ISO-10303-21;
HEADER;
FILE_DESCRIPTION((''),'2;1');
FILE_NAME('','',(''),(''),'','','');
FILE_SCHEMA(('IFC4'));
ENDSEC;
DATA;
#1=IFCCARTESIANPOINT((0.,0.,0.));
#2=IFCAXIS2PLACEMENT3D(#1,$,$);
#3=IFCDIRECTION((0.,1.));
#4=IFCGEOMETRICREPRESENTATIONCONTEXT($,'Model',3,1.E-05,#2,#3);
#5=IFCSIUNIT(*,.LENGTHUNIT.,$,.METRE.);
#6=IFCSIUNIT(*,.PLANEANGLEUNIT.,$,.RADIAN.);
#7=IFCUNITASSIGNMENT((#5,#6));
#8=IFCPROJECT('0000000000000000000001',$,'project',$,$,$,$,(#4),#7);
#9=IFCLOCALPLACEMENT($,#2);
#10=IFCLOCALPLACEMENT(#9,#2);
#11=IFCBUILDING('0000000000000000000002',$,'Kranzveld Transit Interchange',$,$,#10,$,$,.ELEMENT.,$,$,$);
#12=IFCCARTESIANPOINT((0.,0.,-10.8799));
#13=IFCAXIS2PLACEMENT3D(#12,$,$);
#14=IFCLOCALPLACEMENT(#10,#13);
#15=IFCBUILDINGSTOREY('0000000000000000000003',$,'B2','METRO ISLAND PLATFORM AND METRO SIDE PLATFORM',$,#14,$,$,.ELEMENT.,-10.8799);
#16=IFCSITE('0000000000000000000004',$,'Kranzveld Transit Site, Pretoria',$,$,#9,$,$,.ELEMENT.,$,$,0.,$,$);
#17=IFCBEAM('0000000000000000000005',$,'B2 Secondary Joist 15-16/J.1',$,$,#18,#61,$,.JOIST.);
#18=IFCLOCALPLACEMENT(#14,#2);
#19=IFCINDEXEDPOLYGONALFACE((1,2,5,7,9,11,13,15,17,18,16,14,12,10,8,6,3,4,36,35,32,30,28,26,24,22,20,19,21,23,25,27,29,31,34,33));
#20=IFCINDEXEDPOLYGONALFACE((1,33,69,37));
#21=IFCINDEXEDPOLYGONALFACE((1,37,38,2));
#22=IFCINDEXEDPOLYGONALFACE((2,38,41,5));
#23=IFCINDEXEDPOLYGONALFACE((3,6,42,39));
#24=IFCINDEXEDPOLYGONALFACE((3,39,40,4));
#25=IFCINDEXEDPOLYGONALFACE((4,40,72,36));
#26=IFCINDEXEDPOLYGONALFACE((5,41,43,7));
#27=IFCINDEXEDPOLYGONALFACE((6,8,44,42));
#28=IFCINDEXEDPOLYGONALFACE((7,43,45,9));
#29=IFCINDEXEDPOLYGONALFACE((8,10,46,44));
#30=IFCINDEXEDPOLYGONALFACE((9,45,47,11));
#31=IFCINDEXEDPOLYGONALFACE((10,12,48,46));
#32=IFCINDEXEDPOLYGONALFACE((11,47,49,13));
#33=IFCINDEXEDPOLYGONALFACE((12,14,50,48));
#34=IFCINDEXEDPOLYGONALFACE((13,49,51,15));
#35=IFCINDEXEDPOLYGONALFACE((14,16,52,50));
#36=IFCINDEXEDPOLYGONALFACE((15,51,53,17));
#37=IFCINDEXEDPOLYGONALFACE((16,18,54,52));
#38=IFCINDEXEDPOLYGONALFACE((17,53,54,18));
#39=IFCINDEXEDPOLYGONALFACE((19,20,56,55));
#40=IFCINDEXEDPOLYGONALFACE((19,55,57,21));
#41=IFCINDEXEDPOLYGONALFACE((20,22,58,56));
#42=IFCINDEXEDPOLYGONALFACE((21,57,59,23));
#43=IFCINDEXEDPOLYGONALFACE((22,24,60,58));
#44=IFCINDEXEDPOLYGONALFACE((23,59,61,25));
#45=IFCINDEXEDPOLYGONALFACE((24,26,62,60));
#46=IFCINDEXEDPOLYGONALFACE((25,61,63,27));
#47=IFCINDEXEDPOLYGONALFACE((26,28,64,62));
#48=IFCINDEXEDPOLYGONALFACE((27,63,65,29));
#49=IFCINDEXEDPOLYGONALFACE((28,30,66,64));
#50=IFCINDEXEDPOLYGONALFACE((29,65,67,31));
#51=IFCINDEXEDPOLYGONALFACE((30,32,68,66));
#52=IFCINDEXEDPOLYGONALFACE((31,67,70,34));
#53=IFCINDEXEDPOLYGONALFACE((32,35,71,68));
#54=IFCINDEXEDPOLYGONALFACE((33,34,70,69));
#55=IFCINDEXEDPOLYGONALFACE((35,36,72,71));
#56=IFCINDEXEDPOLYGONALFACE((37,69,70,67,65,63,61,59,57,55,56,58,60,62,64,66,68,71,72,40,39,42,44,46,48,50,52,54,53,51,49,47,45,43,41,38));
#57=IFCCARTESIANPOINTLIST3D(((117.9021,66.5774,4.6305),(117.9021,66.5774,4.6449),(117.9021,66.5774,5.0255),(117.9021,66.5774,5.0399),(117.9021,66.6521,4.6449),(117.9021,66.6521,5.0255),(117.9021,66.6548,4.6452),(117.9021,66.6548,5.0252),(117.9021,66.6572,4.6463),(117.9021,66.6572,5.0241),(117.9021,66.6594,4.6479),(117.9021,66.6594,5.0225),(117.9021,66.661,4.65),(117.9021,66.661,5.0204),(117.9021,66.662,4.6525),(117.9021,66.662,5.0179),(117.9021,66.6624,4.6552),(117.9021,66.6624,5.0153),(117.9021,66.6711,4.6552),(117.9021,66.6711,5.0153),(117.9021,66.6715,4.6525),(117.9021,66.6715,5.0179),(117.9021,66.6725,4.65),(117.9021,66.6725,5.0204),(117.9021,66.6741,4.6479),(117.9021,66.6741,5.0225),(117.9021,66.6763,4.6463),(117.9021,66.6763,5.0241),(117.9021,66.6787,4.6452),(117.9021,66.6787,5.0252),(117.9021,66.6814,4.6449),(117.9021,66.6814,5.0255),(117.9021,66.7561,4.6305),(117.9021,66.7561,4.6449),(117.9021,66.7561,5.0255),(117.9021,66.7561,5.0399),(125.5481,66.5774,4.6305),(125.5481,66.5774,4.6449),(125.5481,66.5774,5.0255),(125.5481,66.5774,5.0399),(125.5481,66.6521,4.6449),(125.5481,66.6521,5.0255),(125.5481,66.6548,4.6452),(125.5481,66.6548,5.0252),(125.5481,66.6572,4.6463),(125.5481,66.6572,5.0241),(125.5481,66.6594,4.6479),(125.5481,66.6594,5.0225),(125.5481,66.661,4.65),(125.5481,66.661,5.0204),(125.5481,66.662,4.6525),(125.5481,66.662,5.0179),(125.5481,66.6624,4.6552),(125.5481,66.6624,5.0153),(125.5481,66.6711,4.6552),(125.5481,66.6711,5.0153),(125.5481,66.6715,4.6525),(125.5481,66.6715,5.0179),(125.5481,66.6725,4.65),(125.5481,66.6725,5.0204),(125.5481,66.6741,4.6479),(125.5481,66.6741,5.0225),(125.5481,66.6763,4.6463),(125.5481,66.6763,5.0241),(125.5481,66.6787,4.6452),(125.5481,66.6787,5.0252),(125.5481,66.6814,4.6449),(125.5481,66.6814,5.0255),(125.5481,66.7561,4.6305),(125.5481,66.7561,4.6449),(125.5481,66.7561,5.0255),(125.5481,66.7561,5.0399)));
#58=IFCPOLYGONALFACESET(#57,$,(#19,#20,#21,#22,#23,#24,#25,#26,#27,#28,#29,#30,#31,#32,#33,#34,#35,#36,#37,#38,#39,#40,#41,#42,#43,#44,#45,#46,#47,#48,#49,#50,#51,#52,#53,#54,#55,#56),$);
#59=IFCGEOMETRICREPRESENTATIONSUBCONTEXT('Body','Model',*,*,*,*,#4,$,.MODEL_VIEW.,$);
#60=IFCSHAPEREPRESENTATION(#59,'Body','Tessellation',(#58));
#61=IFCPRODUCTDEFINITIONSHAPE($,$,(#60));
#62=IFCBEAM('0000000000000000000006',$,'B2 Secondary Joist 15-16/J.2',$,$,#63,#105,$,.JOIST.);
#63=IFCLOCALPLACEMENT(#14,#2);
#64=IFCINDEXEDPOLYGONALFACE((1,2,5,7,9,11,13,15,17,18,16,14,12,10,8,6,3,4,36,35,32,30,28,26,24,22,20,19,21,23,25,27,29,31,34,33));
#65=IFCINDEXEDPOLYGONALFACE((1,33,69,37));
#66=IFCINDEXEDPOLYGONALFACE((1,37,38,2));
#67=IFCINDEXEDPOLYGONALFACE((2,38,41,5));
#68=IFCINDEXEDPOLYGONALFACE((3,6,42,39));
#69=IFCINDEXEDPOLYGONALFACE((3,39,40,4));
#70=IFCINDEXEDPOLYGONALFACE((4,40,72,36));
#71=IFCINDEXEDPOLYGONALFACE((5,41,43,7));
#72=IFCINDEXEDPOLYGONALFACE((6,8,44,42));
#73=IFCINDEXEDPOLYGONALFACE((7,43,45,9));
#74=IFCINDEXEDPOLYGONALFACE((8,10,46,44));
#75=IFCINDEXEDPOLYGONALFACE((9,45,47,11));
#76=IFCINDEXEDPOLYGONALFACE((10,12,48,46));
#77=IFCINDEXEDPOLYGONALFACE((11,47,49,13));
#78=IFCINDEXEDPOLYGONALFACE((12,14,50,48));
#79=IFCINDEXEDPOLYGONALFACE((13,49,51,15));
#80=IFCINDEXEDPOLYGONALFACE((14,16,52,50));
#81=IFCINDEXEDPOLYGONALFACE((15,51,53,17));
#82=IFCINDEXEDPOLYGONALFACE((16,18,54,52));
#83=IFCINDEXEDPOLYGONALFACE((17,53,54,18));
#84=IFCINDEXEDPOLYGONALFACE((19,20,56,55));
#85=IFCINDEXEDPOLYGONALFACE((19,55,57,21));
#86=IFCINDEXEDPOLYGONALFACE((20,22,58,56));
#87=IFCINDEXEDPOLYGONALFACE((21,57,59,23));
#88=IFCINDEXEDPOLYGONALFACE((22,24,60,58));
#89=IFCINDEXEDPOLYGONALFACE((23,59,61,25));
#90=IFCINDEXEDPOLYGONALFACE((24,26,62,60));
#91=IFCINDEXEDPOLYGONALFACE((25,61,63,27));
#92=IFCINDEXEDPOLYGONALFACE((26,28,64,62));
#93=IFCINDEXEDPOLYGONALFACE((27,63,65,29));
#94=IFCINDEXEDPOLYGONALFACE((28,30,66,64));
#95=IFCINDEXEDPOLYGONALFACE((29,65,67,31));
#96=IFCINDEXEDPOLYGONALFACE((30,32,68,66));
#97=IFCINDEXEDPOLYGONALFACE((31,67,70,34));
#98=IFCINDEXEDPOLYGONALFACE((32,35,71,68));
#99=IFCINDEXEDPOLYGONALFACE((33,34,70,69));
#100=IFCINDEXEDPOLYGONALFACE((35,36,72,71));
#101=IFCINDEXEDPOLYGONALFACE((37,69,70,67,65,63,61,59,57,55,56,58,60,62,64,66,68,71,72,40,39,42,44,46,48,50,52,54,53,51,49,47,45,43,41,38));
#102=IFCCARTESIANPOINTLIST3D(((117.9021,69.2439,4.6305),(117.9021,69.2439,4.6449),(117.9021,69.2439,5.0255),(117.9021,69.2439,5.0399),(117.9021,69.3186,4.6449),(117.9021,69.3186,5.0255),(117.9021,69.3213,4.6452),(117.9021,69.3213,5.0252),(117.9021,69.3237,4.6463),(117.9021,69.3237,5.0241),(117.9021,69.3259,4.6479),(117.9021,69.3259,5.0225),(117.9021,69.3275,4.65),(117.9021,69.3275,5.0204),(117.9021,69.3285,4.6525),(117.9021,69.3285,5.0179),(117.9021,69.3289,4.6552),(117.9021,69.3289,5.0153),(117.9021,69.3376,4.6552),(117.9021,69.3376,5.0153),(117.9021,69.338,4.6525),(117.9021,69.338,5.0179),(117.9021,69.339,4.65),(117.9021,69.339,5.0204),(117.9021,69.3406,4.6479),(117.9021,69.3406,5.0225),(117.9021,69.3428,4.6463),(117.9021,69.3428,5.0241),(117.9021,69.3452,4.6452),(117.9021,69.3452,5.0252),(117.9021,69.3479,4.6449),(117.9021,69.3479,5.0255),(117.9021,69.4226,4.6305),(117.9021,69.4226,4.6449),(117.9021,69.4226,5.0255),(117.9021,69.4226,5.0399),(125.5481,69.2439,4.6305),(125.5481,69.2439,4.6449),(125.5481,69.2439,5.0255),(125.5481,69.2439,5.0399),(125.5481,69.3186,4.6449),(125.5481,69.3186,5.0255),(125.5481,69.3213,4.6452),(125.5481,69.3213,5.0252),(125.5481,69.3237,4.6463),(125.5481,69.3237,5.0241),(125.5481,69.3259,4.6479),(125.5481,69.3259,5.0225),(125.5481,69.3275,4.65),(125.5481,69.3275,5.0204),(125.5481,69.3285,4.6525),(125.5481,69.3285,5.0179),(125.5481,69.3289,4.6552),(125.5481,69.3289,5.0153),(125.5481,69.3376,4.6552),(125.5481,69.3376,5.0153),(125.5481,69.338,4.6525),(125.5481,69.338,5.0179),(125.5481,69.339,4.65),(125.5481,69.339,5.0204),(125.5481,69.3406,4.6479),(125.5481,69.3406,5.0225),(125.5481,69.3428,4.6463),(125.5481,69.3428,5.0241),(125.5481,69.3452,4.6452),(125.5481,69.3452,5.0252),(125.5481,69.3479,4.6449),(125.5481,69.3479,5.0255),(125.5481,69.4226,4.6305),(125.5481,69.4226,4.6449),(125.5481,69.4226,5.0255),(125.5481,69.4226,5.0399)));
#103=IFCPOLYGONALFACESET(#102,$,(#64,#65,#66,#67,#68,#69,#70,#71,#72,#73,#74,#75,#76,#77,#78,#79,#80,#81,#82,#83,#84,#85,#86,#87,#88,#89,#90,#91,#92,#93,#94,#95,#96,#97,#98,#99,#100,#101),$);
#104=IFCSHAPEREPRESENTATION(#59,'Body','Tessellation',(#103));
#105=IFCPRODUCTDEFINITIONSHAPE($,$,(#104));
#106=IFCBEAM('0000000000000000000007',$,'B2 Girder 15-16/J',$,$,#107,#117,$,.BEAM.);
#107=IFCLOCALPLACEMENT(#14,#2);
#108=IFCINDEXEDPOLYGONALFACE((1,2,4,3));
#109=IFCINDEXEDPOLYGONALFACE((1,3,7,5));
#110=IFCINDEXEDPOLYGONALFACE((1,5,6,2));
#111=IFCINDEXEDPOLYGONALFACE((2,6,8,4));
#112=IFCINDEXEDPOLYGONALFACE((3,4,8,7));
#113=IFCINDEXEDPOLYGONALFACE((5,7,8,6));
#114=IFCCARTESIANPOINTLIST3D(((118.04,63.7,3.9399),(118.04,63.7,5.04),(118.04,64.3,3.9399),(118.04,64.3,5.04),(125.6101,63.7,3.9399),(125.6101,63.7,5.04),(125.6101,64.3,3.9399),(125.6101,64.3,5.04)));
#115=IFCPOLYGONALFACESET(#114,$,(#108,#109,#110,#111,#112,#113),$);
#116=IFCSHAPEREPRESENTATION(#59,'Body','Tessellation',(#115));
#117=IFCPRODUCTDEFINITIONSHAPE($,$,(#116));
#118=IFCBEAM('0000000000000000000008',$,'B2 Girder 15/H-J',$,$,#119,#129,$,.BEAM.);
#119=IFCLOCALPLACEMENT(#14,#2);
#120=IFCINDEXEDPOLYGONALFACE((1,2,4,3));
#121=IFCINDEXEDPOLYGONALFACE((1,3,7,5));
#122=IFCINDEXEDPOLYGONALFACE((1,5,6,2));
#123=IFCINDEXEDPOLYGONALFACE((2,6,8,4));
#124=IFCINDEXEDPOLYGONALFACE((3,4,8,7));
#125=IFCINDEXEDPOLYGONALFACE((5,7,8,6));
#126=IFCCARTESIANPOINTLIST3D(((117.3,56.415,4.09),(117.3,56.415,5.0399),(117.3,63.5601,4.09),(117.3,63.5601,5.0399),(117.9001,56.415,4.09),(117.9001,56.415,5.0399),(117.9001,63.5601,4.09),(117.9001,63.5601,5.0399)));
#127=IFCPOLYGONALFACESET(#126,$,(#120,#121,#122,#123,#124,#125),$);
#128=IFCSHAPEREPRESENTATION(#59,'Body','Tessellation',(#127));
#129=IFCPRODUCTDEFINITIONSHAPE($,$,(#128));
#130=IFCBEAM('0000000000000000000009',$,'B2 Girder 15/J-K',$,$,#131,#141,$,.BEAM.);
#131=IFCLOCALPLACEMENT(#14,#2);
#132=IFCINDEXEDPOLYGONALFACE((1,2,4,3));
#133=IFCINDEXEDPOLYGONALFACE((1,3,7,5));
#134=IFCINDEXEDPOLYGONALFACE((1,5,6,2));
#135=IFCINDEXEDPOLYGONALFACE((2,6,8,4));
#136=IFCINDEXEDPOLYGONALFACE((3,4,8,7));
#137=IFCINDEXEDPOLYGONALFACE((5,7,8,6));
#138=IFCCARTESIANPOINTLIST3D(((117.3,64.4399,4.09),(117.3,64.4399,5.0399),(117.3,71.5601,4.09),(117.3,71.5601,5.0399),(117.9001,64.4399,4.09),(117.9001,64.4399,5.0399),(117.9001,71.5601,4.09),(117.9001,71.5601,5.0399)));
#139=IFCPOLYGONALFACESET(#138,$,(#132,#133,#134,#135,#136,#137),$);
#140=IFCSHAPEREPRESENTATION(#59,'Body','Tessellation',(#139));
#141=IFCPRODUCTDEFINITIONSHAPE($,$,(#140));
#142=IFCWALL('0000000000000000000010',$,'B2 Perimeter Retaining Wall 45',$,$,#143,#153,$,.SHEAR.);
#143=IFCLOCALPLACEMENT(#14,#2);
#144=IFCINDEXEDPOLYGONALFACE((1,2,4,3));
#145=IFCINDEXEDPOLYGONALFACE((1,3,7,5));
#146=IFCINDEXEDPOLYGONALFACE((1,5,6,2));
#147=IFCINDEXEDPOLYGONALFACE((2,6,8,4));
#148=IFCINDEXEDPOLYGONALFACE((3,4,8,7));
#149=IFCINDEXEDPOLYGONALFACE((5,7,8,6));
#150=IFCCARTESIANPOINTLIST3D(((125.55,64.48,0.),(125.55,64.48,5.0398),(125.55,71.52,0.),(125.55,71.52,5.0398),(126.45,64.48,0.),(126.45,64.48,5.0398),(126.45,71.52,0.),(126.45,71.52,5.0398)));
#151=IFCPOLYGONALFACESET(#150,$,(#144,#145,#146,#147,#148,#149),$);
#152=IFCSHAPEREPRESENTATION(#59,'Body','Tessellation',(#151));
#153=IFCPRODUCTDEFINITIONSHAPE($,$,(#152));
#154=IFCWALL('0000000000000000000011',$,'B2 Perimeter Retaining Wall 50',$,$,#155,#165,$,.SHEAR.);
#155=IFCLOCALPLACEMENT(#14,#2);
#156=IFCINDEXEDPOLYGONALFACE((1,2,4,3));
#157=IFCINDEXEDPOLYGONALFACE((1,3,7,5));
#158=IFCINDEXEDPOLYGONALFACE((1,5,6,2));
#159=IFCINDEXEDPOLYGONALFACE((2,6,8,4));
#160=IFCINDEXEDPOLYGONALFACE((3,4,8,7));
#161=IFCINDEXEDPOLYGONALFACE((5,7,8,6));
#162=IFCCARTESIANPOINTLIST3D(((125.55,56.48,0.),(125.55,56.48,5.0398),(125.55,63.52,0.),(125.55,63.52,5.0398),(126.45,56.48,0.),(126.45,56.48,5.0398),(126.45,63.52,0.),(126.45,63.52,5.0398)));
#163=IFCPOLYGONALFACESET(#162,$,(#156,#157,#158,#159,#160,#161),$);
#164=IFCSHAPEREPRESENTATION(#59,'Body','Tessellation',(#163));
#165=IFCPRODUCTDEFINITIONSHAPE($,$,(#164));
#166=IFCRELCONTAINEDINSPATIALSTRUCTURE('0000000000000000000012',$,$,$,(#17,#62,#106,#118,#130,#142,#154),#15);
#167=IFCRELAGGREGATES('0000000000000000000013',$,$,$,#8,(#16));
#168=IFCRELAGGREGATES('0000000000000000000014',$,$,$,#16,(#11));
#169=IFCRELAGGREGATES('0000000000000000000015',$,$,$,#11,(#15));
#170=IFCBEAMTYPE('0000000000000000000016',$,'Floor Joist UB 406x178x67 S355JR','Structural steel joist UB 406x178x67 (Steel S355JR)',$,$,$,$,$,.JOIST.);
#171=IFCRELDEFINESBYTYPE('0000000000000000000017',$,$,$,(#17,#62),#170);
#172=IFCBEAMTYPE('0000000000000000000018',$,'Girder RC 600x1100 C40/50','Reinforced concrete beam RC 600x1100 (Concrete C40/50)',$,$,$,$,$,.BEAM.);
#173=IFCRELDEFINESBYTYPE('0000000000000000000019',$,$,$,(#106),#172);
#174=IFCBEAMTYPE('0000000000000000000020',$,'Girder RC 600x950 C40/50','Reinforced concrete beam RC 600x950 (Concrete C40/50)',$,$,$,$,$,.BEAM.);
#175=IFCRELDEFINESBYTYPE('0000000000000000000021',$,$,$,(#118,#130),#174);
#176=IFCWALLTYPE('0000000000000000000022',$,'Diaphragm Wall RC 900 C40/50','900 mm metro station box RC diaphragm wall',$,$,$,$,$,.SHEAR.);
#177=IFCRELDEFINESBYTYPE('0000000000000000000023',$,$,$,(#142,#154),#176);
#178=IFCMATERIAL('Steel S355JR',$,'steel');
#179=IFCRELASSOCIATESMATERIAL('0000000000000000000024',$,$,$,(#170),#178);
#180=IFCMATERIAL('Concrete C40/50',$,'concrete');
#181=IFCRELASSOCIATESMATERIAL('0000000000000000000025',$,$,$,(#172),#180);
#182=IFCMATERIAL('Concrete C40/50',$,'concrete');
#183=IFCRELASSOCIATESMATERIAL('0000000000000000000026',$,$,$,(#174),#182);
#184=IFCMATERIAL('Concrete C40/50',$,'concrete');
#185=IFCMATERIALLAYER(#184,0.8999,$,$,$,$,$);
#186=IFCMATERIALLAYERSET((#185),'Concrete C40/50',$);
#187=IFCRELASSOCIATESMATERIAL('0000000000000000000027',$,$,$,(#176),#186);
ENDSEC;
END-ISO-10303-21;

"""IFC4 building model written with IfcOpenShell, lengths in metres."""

from ifc_helpers import new_model, si_unit, direction, frame, frame_2d, origin, origin_2d, place, context, subcontext, project, spatial, rectangle, i_section, extrude, material, layer, layer_set, material_profile, profile_set, type_object, element, save


model = new_model("IFC4")

# Units and contexts
model_context = context("Model", 3, precision=1e-05, world=origin(), true_north=direction((0.0, 1.0)))
body_context = subcontext(model_context, "Body", "Model", "MODEL_VIEW")
ifc_project = project(units=[si_unit("LENGTHUNIT", "METRE"), si_unit("PLANEANGLEUNIT", "RADIAN")], contexts=[model_context])

# Site, building, storey
site_placement = place(None, origin())
site = spatial("IfcSite", under=ifc_project, at=site_placement, Name="Kranzveld Transit Site, Pretoria", CompositionType="ELEMENT", RefElevation=0.0)
building_placement = place(site_placement, origin())
building = spatial("IfcBuilding", under=site, at=building_placement, Name="Kranzveld Transit Interchange", CompositionType="ELEMENT")
storey_placement = place(building_placement, frame((0.0, 0.0, -10.8799)))
storey = spatial("IfcBuildingStorey", under=building, at=storey_placement, Name="B2", Description="METRO ISLAND PLATFORM AND METRO SIDE PLATFORM", CompositionType="ELEMENT", Elevation=-10.8799)

# Beams
ifc_material_1 = material(Name="Steel S355JR", Category="steel")
ifc_material_profile_1 = material_profile(ifc_material_1, i_section(OverallWidth=0.1787, OverallDepth=0.4094, WebThickness=0.0088, FlangeThickness=0.0144, FilletRadius=0.0103, at=origin_2d()), Name="UB 406x178x67")
ifc_profile_set_1 = profile_set([ifc_material_profile_1], Name="Steel S355JR")
beam_type_1 = type_object("IfcBeamType", Name="Floor Joist UB 406x178x67 S355JR", Description="Structural steel joist UB 406x178x67 (Steel S355JR)", PredefinedType="JOIST", material=ifc_profile_set_1)
for number, where, z_axis, x_axis, name in (
    (1, (117.9021, 66.6667, 4.8352), (1.0, 0.0, 0.0), (0.0, 1.0, 0.0), "B2 Secondary Joist 15-16/J.1"),
    (2, (117.9021, 69.3333, 4.8352), (1.0, 0.0, 0.0), (0.0, 1.0, 0.0), "B2 Secondary Joist 15-16/J.2"),
):
    element("IfcBeam", number, at=place(storey_placement, frame(where, z_axis=z_axis, x_axis=x_axis)), inside=storey, type_object=beam_type_1, Name=name, PredefinedType="JOIST", context=body_context, shape_type="SweptSolid", body=[
        extrude(i_section(OverallWidth=0.1787, OverallDepth=0.4094, WebThickness=0.0088, FlangeThickness=0.0144, FilletRadius=0.0103, at=origin_2d()), origin(), (0.0, 0.0, 1.0), 7.646),
    ])
ifc_material_2 = material(Name="Concrete C40/50", Category="concrete")
ifc_material_profile_2 = material_profile(ifc_material_2, rectangle(XDim=0.6001, YDim=1.1001, at=origin_2d()), Name="RC 600x1100")
ifc_profile_set_2 = profile_set([ifc_material_profile_2], Name="Concrete C40/50")
beam_type_2 = type_object("IfcBeamType", Name="Girder RC 600x1100 C40/50", Description="Reinforced concrete beam RC 600x1100 (Concrete C40/50)", PredefinedType="BEAM", material=ifc_profile_set_2)
beam_1_placement = place(storey_placement, frame((118.04, 64.0, 4.49), z_axis=(1.0, 0.0, 0.0), x_axis=(0.0, 1.0, 0.0)))
element("IfcBeam", 3, at=beam_1_placement, inside=storey, type_object=beam_type_2, Name="B2 Girder 15-16/J", PredefinedType="BEAM", context=body_context, shape_type="SweptSolid", body=[
    extrude(rectangle(XDim=0.6001, YDim=1.1001, at=origin_2d()), origin(), (0.0, 0.0, 1.0), 7.5701),
])
ifc_material_3 = material(Name="Concrete C40/50", Category="concrete")
ifc_material_profile_3 = material_profile(ifc_material_3, rectangle(XDim=0.6001, YDim=0.95, at=origin_2d()), Name="RC 600x950")
ifc_profile_set_3 = profile_set([ifc_material_profile_3], Name="Concrete C40/50")
beam_type_3 = type_object("IfcBeamType", Name="Girder RC 600x950 C40/50", Description="Reinforced concrete beam RC 600x950 (Concrete C40/50)", PredefinedType="BEAM", material=ifc_profile_set_3)
beam_2_placement = place(storey_placement, frame((117.6001, 56.415, 4.5649), z_axis=(0.0, 1.0, 0.0), x_axis=(-1.0, 0.0, 0.0)))
element("IfcBeam", 4, at=beam_2_placement, inside=storey, type_object=beam_type_3, Name="B2 Girder 15/H-J", PredefinedType="BEAM", context=body_context, shape_type="SweptSolid", body=[
    extrude(rectangle(XDim=0.6001, YDim=0.95, at=origin_2d()), origin(), (0.0, 0.0, 1.0), 7.145),
])
beam_3_placement = place(storey_placement, frame((117.6001, 64.4399, 4.5649), z_axis=(0.0, 1.0, 0.0), x_axis=(-1.0, 0.0, 0.0)))
element("IfcBeam", 5, at=beam_3_placement, inside=storey, type_object=beam_type_3, Name="B2 Girder 15/J-K", PredefinedType="BEAM", context=body_context, shape_type="SweptSolid", body=[
    extrude(rectangle(XDim=0.6001, YDim=0.95, at=origin_2d()), origin(), (0.0, 0.0, 1.0), 7.1201),
])

# Walls
ifc_material_4 = material(Name="Concrete C40/50", Category="concrete")
ifc_layer = layer(ifc_material_4, 0.8999)
ifc_layer_set = layer_set([ifc_layer], Name="Concrete C40/50")
wall_type = type_object("IfcWallType", Name="Diaphragm Wall RC 900 C40/50", Description="900 mm metro station box RC diaphragm wall", PredefinedType="SHEAR", material=ifc_layer_set)
for number, where, z_axis, x_axis, name in (
    (6, (126.0, 64.48, 0.0), (0.0, 0.0, 1.0), (0.0, 1.0, 0.0), "B2 Perimeter Retaining Wall 45"),
    (7, (126.0, 56.48, 0.0), (0.0, 0.0, 1.0), (0.0, 1.0, 0.0), "B2 Perimeter Retaining Wall 50"),
):
    element("IfcWall", number, at=place(storey_placement, frame(where, z_axis=z_axis, x_axis=x_axis)), inside=storey, type_object=wall_type, Name=name, PredefinedType="SHEAR", context=body_context, shape_type="SweptSolid", body=[
        extrude(rectangle(XDim=7.04, YDim=0.8999, at=frame_2d((3.52, 0.0))), origin(), (0.0, 0.0, 1.0), 5.0398),
    ])

save(model, "model.ifc")
